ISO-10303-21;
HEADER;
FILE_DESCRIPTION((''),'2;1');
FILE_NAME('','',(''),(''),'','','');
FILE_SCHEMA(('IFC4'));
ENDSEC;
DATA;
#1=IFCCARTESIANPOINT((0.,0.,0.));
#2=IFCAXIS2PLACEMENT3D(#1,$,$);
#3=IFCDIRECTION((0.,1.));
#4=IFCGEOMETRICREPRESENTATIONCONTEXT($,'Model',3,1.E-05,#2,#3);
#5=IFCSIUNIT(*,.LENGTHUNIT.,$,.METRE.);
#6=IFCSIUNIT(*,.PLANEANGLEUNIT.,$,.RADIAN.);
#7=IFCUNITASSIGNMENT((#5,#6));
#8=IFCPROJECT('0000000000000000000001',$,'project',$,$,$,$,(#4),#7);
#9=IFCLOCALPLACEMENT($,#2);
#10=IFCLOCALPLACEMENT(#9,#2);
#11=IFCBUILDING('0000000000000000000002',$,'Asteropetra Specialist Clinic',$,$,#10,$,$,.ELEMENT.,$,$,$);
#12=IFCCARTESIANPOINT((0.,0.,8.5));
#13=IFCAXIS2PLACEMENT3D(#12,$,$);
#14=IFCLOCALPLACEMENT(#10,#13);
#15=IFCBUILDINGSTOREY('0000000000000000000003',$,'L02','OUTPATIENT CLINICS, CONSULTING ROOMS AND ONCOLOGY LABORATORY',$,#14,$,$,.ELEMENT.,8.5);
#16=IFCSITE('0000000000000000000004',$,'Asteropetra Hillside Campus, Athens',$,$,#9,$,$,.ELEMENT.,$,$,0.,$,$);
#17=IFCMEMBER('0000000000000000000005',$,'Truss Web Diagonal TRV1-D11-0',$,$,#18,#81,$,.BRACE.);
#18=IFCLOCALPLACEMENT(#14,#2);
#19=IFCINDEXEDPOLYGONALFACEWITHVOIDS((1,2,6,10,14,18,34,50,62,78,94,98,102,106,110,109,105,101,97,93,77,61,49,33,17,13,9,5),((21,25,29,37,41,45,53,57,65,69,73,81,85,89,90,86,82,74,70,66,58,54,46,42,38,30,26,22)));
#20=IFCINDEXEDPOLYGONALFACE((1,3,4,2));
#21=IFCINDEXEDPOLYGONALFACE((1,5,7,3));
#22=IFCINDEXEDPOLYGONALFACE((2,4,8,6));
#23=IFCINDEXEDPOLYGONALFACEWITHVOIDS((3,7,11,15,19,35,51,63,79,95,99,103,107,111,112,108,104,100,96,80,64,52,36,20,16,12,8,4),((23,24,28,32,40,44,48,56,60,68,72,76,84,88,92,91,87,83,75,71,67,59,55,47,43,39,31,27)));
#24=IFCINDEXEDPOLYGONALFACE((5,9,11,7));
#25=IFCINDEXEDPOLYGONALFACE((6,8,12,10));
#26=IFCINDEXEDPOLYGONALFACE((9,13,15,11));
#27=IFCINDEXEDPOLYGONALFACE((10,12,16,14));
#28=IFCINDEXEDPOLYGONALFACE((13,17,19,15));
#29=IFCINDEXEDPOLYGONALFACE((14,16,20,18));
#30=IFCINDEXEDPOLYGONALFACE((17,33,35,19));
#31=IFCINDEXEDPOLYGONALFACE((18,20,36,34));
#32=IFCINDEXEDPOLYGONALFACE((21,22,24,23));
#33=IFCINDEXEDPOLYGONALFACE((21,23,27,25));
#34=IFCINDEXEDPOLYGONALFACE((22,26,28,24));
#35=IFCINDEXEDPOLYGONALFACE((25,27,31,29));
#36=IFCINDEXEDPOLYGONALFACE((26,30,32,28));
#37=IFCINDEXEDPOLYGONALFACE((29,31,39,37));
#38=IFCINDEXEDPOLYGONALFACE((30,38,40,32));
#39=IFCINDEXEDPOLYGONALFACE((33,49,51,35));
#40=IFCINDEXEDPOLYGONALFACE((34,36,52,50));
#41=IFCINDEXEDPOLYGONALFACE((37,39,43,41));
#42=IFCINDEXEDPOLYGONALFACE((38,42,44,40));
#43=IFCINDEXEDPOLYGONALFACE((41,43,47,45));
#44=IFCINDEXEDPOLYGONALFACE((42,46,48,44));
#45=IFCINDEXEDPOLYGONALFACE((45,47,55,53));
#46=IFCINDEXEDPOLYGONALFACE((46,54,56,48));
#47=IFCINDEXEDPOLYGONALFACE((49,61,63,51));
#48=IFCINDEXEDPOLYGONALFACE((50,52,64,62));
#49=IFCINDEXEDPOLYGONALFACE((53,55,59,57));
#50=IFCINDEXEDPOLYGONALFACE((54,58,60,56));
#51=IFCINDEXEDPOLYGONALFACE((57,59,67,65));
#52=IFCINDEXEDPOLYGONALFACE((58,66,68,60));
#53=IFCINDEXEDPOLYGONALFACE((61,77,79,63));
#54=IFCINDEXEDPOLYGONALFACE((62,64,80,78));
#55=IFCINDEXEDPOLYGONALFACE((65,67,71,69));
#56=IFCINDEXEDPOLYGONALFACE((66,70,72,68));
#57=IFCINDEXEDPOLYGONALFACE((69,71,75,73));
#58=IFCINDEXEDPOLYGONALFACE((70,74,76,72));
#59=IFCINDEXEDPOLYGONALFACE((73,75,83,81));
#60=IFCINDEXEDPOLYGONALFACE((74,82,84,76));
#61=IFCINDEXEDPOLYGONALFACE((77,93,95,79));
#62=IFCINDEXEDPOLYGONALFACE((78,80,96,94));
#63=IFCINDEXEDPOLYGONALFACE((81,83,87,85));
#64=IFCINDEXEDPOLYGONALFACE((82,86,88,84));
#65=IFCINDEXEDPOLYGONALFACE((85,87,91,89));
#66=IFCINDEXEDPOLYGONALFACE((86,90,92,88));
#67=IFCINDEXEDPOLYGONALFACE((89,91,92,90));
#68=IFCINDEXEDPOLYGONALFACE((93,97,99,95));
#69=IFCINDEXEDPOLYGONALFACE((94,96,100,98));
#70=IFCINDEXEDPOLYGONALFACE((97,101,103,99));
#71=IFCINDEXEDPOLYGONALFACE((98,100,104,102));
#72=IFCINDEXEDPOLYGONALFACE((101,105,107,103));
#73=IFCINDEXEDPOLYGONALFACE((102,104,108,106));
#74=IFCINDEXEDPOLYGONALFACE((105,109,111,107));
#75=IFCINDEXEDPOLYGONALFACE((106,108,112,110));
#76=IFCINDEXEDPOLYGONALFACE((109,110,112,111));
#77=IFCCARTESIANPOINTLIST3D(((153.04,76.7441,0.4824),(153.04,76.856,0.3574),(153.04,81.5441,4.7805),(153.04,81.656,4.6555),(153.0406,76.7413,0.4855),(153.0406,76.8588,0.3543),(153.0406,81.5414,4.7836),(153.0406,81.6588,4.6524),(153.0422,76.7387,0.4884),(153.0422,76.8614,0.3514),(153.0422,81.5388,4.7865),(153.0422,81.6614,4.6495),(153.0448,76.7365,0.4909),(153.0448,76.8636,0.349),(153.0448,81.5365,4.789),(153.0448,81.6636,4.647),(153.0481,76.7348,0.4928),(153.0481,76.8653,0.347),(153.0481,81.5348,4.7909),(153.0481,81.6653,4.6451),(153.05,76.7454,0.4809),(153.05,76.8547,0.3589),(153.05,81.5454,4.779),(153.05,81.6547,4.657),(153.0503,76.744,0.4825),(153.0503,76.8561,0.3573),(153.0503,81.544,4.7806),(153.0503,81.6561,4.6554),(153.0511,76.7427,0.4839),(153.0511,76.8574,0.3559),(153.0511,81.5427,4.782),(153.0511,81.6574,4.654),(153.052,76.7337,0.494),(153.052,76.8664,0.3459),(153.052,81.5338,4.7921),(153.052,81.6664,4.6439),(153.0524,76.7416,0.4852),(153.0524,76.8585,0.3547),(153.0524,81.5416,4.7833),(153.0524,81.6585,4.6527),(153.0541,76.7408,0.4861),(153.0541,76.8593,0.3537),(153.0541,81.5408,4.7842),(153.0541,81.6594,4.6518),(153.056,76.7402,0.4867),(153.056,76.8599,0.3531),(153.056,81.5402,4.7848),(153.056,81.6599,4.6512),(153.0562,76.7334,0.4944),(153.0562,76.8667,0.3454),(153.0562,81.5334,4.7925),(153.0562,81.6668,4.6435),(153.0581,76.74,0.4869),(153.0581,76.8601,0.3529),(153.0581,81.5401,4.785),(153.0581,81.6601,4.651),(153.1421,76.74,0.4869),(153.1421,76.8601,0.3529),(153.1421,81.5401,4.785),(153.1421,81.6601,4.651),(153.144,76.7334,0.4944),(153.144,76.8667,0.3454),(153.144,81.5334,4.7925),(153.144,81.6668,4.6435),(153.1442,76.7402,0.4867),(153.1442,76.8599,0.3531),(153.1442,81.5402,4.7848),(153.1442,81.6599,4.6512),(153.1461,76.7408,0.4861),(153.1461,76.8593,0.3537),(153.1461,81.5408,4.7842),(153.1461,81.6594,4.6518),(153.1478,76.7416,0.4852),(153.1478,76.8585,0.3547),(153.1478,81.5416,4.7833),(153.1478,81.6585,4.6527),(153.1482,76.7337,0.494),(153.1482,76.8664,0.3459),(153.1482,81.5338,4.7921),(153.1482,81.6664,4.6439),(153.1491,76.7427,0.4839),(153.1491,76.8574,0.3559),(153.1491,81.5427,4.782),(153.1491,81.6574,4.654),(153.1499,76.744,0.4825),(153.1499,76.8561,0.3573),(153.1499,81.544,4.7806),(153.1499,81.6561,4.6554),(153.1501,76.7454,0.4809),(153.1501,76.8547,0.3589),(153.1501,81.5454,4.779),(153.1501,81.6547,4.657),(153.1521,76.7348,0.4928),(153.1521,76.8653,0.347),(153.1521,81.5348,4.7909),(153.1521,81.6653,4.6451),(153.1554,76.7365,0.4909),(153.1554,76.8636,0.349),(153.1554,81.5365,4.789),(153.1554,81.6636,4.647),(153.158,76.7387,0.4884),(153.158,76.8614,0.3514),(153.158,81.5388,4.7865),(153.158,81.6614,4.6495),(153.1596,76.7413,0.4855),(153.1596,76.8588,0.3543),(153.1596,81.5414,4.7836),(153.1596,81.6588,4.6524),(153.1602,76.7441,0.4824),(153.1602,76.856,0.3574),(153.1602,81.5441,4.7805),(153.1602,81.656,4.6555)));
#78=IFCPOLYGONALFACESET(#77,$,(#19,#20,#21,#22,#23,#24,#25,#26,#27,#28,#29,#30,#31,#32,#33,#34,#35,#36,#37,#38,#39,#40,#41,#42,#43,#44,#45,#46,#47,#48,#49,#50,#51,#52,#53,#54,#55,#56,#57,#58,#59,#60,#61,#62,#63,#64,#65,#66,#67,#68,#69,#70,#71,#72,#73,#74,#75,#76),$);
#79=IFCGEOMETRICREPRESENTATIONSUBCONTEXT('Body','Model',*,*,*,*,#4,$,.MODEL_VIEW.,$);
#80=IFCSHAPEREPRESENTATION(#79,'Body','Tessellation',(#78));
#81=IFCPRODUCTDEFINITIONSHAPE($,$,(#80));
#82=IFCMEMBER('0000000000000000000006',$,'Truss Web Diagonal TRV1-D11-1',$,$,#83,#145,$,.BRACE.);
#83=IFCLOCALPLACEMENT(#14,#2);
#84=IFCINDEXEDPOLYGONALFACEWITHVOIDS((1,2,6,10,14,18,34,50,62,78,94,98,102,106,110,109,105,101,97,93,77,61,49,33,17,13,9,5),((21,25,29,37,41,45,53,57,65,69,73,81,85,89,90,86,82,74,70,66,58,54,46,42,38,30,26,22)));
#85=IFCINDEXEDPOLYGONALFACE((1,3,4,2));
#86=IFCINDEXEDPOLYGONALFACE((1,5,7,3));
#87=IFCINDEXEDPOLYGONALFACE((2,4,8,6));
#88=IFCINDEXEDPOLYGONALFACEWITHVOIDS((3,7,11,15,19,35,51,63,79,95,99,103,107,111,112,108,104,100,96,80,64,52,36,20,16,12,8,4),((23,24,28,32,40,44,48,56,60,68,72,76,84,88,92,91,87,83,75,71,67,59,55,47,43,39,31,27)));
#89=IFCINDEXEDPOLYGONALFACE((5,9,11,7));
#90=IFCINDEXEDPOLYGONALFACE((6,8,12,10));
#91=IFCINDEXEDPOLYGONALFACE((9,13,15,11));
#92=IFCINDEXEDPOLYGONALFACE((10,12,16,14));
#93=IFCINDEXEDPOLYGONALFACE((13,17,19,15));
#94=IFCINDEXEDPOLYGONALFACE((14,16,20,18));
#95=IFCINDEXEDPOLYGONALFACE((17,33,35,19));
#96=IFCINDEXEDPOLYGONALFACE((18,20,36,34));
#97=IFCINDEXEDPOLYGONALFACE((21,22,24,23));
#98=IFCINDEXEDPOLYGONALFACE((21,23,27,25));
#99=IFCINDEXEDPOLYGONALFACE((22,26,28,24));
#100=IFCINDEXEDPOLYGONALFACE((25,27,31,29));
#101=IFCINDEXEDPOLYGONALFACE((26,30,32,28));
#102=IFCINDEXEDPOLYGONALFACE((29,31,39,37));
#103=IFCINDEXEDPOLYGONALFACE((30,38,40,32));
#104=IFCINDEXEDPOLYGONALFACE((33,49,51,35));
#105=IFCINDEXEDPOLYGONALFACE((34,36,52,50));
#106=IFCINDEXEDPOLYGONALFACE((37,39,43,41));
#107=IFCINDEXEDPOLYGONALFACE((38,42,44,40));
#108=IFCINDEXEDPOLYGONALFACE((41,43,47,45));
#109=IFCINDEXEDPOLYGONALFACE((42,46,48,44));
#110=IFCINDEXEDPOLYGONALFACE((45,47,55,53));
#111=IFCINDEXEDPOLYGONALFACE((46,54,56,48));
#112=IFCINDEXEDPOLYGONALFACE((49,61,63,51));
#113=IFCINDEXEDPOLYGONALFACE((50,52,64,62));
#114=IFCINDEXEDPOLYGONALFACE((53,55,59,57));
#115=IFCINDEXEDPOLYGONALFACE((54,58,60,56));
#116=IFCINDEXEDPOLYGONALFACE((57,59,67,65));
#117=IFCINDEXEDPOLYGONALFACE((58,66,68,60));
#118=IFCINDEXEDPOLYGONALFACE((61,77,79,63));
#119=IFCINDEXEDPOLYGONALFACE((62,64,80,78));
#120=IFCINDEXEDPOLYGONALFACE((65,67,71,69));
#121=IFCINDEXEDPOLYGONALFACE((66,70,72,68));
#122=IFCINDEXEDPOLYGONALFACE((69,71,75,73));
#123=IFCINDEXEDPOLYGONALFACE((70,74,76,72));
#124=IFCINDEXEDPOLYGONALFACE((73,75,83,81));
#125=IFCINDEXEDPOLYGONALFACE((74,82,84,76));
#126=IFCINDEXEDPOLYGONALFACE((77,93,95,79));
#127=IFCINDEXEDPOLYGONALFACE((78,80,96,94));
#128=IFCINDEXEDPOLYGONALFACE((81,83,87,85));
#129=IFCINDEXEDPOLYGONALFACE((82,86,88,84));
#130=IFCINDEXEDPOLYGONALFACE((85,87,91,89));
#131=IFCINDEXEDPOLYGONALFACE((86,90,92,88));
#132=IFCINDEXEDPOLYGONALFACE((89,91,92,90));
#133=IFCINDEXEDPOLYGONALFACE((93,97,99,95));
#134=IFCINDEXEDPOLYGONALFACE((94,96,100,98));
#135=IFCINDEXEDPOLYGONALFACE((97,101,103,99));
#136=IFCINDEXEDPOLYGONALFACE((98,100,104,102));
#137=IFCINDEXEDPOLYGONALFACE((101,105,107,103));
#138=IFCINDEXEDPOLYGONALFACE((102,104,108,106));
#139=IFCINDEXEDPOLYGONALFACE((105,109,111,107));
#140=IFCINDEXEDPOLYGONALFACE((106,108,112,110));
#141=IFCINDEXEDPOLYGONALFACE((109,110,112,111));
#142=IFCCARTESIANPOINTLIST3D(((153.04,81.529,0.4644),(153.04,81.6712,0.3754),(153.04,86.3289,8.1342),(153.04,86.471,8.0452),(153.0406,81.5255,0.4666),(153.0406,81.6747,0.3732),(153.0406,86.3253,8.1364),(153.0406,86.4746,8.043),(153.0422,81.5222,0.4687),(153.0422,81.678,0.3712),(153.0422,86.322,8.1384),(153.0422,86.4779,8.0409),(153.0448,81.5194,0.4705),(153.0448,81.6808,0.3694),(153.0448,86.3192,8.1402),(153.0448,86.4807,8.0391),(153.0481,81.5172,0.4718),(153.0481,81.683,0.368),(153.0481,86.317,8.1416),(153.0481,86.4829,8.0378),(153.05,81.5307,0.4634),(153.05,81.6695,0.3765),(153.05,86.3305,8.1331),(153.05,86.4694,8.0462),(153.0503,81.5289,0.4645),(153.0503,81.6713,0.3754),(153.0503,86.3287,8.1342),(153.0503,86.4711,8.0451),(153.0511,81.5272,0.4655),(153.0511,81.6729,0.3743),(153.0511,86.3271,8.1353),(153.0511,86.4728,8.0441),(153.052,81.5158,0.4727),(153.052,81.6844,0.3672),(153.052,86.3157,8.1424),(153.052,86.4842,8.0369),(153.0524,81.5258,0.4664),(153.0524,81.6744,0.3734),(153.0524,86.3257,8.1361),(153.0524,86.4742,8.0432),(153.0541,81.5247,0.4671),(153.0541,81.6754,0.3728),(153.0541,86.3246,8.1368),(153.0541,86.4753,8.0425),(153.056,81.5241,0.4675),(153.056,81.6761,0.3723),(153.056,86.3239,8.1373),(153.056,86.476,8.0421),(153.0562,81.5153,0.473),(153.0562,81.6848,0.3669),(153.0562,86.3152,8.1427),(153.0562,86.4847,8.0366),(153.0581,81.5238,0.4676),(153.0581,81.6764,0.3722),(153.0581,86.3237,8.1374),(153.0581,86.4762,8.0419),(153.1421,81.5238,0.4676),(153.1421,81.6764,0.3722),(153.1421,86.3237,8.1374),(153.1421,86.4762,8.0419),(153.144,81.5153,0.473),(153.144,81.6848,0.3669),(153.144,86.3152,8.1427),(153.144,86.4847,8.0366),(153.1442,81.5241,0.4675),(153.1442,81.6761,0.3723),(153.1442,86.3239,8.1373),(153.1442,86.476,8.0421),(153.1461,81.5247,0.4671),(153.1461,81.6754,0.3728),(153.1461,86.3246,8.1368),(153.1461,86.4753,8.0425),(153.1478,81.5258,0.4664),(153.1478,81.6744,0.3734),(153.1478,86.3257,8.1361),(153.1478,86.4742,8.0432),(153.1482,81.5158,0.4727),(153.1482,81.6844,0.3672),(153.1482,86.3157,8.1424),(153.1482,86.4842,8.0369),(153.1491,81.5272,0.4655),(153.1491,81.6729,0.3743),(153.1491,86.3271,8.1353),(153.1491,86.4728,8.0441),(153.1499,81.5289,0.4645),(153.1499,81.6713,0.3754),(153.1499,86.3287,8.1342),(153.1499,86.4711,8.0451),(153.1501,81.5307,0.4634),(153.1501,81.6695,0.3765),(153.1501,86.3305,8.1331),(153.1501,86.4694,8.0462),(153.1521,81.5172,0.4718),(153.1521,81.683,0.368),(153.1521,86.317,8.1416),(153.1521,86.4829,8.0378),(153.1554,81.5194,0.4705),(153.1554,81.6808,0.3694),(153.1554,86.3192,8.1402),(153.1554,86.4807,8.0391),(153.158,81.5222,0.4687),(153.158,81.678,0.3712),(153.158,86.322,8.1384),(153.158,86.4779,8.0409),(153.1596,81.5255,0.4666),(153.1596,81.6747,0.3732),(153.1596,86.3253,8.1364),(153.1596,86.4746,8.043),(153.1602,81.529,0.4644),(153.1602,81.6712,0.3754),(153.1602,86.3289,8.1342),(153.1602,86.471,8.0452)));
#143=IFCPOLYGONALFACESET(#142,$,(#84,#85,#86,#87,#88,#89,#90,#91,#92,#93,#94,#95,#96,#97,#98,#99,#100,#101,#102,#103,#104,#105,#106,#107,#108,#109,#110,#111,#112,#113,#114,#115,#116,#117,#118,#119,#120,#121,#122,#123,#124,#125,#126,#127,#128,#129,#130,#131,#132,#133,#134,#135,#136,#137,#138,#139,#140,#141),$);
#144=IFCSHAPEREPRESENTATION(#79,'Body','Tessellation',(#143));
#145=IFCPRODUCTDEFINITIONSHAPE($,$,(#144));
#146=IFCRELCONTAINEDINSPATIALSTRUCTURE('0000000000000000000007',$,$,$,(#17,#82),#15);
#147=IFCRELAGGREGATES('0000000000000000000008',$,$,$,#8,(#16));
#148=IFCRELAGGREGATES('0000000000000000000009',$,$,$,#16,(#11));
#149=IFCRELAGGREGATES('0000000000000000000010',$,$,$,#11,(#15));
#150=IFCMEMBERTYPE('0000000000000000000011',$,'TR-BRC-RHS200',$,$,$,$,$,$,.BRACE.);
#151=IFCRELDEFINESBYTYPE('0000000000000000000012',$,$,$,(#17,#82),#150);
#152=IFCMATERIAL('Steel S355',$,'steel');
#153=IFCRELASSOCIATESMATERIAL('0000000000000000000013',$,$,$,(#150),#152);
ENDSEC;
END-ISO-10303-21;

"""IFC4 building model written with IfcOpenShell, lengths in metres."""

from ifc_helpers import new_model, si_unit, direction, frame, origin, origin_2d, place, context, subcontext, project, spatial, hollow_rectangle, extrude, material, material_profile, profile_set, type_object, element, save


model = new_model("IFC4")

# Units and contexts
model_context = context("Model", 3, precision=1e-05, world=origin(), true_north=direction((0.0, 1.0)))
body_context = subcontext(model_context, "Body", "Model", "MODEL_VIEW")
ifc_project = project(units=[si_unit("LENGTHUNIT", "METRE"), si_unit("PLANEANGLEUNIT", "RADIAN")], contexts=[model_context])

# Site, building, storey
site_placement = place(None, origin())
site = spatial("IfcSite", under=ifc_project, at=site_placement, Name="Asteropetra Hillside Campus, Athens", CompositionType="ELEMENT", RefElevation=0.0)
building_placement = place(site_placement, origin())
building = spatial("IfcBuilding", under=site, at=building_placement, Name="Asteropetra Specialist Clinic", CompositionType="ELEMENT")
storey_placement = place(building_placement, frame((0.0, 0.0, 8.5)))
storey = spatial("IfcBuildingStorey", under=building, at=storey_placement, Name="L02", Description="OUTPATIENT CLINICS, CONSULTING ROOMS AND ONCOLOGY LABORATORY", CompositionType="ELEMENT", Elevation=8.5)

# Members
ifc_material_1 = material(Name="Steel S355", Category="steel")
ifc_material_profile_1 = material_profile(ifc_material_1, hollow_rectangle(XDim=0.1201, YDim=0.2, WallThickness=0.01, InnerFilletRadius=0.0081, OuterFilletRadius=0.0161, at=origin_2d()), Name="RHS 200x120x10.0")
ifc_profile_set_1 = profile_set([ifc_material_profile_1], Name="Steel S355")
member_type_1 = type_object("IfcMemberType", Name="TR-BRC-RHS200", PredefinedType="BRACE", material=ifc_profile_set_1)
member_1_placement = place(storey_placement, frame((153.1001, 76.8, 0.4199), z_axis=(0.0, 0.744986, 0.667081), x_axis=(-1.0, 0.0, 0.0)))
element("IfcMember", 1, at=member_1_placement, inside=storey, type_object=member_type_1, Name="Truss Web Diagonal TRV1-D11-0", PredefinedType="BRACE", context=body_context, shape_type="SweptSolid", body=[
    extrude(hollow_rectangle(XDim=0.1201, YDim=0.2, WallThickness=0.01, InnerFilletRadius=0.0081, OuterFilletRadius=0.0161, at=origin_2d()), origin(), (0.0, 0.0, 1.0), 6.4431),
])
member_2_placement = place(storey_placement, frame((153.1001, 81.6001, 0.4199), z_axis=(0.0, 0.530496, 0.847687), x_axis=(-1.0, 0.0, 0.0)))
element("IfcMember", 2, at=member_2_placement, inside=storey, type_object=member_type_1, Name="Truss Web Diagonal TRV1-D11-1", PredefinedType="BRACE", context=body_context, shape_type="SweptSolid", body=[
    extrude(hollow_rectangle(XDim=0.1201, YDim=0.2, WallThickness=0.01, InnerFilletRadius=0.0081, OuterFilletRadius=0.0161, at=origin_2d()), origin(), (0.0, 0.0, 1.0), 9.0479),
])

save(model, "model.ifc")
